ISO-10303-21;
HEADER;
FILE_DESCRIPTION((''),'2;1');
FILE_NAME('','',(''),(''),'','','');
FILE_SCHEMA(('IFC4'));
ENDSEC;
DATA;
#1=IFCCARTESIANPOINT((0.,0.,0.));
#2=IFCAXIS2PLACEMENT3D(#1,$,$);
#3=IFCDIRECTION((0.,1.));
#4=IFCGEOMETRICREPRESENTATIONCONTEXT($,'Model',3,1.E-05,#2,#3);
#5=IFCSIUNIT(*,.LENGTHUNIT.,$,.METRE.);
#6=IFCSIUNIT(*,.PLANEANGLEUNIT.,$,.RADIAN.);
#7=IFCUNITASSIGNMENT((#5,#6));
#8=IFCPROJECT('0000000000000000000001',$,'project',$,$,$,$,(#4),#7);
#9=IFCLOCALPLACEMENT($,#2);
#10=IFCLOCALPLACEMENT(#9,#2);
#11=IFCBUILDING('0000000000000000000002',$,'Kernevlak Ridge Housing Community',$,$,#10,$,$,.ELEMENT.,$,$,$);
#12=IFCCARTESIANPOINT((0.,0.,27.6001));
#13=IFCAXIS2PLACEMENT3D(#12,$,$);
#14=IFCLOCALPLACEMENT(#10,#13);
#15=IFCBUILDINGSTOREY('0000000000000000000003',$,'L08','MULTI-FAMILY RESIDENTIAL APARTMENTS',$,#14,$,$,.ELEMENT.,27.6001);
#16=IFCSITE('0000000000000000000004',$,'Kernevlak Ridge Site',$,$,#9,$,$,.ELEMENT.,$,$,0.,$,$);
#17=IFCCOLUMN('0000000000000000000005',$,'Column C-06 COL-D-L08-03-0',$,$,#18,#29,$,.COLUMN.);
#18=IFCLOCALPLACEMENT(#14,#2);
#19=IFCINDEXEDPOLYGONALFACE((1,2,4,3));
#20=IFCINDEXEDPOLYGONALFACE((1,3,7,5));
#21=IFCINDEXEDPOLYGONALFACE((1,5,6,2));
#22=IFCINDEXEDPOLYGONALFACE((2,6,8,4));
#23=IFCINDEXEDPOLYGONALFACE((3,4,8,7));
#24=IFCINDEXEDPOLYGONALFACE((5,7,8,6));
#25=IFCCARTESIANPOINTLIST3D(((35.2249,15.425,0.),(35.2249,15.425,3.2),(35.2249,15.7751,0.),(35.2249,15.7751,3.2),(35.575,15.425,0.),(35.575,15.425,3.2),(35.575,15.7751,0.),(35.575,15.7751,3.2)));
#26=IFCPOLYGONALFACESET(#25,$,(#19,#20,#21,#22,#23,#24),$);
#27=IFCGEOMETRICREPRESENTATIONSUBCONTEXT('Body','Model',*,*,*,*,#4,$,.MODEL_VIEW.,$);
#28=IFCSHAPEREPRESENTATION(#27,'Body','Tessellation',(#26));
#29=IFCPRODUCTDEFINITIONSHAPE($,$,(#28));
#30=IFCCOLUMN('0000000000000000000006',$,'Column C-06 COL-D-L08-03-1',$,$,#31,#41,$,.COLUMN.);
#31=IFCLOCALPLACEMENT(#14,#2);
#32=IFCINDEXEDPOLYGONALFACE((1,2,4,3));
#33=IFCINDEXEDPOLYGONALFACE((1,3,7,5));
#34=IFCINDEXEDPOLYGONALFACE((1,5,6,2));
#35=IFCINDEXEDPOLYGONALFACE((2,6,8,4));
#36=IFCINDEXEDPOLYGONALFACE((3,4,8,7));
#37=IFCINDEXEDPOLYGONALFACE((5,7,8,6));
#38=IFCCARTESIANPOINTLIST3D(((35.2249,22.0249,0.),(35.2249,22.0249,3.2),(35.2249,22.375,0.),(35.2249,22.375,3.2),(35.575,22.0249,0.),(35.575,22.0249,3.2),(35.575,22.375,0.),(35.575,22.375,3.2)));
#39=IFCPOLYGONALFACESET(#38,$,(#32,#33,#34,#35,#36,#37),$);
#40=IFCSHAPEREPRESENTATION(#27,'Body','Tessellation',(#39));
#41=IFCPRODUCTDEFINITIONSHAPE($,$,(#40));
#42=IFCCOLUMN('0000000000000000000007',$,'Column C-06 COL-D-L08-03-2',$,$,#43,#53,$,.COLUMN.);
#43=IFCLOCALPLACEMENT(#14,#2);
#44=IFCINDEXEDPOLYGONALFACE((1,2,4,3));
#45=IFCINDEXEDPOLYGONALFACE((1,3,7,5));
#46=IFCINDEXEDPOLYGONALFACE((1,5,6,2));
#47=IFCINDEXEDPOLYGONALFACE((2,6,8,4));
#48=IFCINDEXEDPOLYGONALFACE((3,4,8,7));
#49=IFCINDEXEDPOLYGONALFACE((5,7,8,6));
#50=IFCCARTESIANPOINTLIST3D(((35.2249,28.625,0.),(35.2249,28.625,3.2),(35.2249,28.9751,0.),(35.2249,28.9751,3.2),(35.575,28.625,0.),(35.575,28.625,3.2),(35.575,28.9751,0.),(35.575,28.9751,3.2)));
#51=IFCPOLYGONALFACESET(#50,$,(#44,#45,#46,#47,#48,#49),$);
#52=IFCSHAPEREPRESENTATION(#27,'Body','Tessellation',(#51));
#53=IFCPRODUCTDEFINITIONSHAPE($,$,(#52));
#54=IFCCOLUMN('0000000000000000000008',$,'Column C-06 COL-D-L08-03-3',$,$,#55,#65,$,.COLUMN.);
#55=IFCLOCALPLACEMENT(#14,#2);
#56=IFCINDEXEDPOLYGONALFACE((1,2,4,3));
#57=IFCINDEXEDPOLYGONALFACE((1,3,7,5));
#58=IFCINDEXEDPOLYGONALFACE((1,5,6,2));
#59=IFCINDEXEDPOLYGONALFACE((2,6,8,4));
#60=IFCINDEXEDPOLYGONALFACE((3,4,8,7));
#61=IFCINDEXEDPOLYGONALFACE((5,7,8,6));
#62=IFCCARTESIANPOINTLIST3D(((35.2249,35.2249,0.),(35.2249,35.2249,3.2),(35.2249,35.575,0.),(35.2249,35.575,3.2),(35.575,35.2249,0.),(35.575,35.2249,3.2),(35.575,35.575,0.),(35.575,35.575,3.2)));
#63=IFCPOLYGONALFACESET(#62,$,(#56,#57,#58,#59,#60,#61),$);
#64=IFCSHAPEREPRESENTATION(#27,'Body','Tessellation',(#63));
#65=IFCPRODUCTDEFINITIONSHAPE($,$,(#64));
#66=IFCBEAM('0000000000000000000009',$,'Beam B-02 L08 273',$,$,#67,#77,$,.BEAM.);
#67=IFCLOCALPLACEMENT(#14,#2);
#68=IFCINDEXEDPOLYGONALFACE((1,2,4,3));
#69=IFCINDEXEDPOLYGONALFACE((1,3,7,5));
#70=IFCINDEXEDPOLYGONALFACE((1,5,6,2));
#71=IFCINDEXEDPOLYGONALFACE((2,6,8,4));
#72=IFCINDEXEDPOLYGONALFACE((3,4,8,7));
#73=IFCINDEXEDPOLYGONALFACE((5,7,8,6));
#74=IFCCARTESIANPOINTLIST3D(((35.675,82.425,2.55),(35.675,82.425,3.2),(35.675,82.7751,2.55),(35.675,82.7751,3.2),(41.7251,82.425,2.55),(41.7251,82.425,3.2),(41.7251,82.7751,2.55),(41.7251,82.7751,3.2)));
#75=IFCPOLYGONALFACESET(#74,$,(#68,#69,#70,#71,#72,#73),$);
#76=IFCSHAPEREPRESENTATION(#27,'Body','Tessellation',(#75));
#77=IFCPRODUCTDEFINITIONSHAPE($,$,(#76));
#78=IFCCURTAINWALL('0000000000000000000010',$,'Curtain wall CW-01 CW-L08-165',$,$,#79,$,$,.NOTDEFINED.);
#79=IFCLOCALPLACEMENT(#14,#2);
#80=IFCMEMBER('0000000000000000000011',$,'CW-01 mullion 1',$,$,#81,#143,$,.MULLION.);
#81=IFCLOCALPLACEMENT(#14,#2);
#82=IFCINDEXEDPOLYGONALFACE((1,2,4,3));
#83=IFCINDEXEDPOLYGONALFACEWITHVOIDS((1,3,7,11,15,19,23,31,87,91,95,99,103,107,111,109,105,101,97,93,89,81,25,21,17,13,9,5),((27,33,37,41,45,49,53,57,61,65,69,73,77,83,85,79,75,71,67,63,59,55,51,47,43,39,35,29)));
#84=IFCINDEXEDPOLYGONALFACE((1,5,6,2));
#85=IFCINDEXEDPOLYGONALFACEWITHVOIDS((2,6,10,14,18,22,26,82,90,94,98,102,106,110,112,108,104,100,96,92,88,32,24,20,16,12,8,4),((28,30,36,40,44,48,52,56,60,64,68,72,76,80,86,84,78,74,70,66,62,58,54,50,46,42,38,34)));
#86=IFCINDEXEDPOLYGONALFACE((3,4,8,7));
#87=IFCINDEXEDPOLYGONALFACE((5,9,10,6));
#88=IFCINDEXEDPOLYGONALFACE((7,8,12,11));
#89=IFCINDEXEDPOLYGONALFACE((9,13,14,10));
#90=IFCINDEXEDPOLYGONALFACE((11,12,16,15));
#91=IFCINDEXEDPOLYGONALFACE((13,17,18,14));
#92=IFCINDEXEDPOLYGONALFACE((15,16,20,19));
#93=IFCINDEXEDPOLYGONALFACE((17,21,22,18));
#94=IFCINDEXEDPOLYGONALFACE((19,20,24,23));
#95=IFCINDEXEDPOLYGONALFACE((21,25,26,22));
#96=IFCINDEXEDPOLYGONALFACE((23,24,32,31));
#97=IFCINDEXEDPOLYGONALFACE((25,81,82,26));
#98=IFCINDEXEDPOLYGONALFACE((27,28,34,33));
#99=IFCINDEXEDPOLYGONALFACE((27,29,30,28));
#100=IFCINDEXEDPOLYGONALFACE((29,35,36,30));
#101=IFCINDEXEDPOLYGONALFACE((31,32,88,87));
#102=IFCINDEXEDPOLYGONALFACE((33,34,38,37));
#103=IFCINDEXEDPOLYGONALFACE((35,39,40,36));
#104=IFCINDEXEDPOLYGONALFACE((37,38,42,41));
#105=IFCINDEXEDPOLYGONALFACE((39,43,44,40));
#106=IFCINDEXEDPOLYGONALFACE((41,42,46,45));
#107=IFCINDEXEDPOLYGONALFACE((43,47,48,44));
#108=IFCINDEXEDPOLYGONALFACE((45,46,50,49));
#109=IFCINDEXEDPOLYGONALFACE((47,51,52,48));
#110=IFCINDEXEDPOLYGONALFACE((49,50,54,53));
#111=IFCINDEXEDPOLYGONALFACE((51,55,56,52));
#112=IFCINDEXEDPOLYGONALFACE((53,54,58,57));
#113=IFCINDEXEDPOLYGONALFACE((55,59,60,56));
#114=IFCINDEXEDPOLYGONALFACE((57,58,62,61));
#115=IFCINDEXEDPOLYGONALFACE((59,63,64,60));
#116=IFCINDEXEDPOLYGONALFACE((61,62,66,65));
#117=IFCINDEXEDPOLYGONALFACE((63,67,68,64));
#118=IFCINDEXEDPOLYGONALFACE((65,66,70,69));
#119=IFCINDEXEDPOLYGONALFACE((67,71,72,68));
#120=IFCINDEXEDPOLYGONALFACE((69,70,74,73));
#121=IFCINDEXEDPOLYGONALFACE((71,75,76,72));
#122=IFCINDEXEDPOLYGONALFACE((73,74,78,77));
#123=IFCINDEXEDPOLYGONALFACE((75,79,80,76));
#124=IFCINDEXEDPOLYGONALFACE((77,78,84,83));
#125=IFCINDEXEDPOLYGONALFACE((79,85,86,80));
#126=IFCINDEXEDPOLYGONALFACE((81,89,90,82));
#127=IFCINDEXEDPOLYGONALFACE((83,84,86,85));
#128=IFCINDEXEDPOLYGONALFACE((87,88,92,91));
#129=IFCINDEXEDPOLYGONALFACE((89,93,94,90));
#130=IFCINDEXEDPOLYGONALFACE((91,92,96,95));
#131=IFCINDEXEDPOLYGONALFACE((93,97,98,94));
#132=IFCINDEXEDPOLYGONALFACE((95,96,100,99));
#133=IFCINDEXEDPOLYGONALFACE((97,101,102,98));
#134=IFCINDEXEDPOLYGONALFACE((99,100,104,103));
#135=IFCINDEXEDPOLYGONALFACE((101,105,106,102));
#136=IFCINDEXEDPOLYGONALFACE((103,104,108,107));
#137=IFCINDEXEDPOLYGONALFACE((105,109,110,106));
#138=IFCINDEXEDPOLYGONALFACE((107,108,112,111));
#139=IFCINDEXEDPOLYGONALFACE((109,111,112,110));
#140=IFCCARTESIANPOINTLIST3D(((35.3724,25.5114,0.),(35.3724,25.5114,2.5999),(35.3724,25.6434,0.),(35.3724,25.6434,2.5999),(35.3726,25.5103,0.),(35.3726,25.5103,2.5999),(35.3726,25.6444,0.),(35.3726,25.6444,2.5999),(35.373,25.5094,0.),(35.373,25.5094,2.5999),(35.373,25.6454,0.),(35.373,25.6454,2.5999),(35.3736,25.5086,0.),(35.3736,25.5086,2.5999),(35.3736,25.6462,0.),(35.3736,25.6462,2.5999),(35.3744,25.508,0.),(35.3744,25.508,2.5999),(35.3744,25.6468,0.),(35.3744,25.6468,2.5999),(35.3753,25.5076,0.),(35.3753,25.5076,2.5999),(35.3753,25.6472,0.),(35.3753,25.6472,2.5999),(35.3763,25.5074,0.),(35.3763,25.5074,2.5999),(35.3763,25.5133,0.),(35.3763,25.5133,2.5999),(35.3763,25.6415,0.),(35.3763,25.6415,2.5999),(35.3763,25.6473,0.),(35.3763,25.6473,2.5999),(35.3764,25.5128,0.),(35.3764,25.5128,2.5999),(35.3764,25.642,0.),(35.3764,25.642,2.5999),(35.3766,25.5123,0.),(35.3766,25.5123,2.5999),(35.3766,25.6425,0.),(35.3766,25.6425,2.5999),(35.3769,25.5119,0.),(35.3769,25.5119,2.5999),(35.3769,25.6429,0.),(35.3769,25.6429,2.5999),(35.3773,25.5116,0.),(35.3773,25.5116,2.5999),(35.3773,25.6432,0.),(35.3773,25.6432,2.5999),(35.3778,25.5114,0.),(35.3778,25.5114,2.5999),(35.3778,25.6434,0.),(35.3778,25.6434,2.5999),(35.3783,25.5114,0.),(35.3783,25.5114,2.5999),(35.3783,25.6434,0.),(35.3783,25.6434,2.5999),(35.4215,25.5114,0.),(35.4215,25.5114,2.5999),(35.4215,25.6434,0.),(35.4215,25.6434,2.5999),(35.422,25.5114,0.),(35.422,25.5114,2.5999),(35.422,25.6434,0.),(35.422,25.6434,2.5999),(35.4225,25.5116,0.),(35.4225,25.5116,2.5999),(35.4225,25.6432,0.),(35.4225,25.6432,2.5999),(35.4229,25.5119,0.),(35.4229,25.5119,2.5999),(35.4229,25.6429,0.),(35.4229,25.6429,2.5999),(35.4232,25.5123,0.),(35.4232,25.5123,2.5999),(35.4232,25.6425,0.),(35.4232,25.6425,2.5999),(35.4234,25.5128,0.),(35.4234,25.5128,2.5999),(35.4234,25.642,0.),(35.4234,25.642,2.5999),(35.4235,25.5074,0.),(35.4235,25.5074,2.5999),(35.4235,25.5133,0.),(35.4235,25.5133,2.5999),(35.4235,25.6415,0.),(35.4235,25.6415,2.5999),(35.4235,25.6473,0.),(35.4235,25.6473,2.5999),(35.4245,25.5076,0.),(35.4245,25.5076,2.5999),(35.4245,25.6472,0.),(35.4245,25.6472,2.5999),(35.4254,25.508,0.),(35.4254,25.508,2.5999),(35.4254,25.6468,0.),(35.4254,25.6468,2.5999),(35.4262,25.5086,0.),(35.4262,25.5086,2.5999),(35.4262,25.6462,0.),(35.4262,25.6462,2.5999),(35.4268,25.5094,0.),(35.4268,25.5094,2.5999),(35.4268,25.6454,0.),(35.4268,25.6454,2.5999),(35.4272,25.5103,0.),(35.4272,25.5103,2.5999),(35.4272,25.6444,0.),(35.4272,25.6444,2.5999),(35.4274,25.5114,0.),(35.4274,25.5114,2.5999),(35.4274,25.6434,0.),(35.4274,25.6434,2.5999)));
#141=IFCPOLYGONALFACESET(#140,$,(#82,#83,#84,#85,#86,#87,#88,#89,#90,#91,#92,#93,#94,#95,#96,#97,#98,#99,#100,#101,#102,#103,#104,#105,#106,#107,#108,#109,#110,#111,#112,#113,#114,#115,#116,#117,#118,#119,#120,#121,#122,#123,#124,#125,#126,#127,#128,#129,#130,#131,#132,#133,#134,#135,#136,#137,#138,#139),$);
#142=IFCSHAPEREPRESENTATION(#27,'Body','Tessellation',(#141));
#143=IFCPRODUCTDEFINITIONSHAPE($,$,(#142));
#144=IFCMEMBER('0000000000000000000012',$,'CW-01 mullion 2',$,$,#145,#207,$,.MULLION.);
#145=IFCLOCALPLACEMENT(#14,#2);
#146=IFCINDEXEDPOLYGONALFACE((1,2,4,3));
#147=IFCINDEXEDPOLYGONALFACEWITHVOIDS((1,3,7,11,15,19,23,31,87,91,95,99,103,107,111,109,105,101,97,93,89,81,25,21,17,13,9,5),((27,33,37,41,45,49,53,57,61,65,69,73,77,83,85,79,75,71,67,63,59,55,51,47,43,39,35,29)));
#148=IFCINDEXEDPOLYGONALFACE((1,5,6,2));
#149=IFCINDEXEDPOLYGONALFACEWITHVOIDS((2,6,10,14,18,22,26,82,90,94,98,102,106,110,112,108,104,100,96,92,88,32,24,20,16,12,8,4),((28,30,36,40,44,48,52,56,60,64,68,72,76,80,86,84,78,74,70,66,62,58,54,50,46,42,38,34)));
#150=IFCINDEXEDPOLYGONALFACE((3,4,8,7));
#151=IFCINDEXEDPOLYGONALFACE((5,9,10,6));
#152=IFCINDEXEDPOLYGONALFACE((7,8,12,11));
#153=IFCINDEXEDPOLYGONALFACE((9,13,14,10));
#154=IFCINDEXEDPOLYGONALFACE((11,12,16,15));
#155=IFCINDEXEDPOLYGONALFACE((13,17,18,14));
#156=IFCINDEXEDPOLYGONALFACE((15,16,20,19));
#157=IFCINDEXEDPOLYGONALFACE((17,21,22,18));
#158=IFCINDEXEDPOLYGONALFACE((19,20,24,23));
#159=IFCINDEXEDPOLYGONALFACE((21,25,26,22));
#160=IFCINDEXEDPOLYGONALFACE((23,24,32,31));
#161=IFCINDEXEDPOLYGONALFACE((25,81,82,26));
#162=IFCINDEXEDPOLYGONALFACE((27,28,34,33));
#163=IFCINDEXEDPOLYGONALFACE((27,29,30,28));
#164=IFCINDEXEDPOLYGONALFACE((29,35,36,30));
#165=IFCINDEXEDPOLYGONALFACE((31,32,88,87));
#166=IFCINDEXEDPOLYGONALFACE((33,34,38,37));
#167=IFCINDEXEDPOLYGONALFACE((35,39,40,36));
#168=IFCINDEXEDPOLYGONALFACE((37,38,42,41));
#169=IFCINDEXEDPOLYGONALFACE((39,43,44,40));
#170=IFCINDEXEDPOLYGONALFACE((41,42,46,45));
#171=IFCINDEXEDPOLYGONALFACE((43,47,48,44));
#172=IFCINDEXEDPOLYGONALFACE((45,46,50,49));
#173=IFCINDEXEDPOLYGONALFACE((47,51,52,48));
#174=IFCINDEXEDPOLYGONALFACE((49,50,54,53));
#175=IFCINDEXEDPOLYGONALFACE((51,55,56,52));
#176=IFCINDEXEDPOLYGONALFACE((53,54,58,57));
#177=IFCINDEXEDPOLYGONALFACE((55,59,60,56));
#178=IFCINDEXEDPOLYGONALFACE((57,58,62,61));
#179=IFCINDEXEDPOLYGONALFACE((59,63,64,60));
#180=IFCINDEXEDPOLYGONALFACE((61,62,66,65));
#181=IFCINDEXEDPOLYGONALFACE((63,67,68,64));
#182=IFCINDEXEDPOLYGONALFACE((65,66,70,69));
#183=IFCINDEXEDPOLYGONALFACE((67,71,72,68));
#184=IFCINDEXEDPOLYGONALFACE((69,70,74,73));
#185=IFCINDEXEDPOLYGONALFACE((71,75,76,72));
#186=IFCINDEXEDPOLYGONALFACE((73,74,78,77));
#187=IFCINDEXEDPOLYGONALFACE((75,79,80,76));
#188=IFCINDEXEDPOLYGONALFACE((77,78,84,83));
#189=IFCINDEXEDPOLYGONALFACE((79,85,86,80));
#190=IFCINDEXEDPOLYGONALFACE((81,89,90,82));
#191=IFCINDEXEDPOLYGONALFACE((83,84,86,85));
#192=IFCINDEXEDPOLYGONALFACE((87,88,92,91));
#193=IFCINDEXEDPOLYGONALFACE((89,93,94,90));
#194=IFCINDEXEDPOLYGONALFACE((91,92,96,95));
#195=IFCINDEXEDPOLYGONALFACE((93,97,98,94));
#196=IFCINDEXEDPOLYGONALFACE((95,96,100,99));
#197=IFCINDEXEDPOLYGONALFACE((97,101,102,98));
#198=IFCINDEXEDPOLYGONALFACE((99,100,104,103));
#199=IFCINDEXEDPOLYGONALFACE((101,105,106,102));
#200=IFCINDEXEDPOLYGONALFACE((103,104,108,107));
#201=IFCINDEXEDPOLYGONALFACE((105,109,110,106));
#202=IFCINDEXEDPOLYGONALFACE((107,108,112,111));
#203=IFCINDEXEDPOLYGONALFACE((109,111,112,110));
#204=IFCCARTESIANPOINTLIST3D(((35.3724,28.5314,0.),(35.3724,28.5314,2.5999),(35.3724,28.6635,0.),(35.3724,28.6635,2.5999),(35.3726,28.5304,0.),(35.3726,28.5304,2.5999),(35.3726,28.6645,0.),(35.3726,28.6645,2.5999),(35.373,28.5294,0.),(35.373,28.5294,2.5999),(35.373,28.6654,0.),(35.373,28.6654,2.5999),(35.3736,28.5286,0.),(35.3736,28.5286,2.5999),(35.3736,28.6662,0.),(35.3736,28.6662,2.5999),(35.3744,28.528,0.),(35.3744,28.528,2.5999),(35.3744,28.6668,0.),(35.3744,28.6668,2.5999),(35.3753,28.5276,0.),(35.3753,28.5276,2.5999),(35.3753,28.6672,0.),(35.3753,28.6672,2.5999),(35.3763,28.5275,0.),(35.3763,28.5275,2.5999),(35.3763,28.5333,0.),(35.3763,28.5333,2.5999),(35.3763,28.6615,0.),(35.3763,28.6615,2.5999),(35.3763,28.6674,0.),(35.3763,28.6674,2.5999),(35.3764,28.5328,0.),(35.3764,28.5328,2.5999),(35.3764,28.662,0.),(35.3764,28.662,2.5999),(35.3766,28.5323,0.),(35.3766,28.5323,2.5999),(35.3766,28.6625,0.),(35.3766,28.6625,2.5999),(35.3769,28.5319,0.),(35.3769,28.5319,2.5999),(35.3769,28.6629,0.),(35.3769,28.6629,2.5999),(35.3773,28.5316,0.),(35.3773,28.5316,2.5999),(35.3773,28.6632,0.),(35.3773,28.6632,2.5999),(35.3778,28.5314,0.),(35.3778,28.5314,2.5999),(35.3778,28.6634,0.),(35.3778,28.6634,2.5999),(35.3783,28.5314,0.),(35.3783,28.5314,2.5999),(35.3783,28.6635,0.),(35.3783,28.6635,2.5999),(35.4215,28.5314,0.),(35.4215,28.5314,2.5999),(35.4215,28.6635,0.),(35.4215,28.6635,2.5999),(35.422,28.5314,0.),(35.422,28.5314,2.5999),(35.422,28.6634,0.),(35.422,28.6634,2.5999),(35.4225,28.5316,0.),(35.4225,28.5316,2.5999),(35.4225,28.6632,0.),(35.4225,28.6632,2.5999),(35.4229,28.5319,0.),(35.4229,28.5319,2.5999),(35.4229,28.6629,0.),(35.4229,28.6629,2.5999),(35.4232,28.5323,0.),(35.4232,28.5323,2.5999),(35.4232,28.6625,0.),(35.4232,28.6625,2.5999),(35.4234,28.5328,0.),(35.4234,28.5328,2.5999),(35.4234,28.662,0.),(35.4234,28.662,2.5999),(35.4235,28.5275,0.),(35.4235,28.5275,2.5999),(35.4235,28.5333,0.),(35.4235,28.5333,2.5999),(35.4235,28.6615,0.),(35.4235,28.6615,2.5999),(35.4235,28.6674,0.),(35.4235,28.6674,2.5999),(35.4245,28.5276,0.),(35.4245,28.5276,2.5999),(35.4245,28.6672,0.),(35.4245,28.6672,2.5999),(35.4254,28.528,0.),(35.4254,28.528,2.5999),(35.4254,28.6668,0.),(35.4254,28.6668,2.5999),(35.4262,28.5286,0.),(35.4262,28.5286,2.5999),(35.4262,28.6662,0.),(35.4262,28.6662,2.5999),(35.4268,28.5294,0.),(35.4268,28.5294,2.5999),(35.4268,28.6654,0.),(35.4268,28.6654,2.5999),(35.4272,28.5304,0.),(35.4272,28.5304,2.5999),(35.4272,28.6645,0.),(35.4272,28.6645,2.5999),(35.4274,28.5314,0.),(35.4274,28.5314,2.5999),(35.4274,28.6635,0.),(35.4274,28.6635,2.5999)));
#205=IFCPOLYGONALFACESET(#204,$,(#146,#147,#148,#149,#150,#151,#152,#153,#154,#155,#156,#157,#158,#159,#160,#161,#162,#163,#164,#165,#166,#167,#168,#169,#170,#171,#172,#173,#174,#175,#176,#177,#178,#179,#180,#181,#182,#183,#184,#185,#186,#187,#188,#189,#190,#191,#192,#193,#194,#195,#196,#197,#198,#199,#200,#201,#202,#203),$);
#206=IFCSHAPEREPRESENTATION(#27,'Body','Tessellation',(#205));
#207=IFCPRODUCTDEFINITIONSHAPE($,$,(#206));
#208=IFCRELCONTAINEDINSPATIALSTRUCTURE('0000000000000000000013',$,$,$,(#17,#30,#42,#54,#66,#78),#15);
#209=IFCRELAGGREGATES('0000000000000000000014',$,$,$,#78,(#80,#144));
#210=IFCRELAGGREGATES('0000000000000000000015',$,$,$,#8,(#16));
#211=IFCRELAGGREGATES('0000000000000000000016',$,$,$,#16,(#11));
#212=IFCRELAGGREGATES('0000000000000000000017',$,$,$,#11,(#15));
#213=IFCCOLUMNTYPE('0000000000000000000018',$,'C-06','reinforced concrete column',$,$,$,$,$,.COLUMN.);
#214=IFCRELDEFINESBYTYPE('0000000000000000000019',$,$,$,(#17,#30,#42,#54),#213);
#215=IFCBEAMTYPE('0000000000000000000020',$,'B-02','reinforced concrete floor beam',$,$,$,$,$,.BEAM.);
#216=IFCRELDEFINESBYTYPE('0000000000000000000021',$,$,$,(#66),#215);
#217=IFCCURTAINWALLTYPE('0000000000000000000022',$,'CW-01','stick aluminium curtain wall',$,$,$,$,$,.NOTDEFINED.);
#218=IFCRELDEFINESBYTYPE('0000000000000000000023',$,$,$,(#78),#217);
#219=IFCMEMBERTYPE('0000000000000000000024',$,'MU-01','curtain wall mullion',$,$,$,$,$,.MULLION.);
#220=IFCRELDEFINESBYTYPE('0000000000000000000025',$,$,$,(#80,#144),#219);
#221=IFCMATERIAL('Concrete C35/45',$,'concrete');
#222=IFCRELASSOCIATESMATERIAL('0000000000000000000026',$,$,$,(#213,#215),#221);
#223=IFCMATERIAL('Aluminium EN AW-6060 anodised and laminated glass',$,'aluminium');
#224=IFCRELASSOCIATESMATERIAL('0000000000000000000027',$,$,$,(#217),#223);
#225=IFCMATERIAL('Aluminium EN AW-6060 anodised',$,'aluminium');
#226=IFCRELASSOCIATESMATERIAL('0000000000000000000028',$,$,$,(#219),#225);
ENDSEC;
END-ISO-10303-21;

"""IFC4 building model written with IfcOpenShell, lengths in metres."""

from ifc_helpers import new_model, si_unit, direction, frame, origin, origin_2d, place, context, subcontext, project, spatial, rectangle, hollow_rectangle, extrude, material, material_profile, profile_set, type_object, element, aggregate, save


model = new_model("IFC4")

# Units and contexts
model_context = context("Model", 3, precision=1e-05, world=origin(), true_north=direction((0.0, 1.0)))
body_context = subcontext(model_context, "Body", "Model", "MODEL_VIEW")
ifc_project = project(units=[si_unit("LENGTHUNIT", "METRE"), si_unit("PLANEANGLEUNIT", "RADIAN")], contexts=[model_context])

# Site, building, storey
site_placement = place(None, origin())
site = spatial("IfcSite", under=ifc_project, at=site_placement, Name="Kernevlak Ridge Site", CompositionType="ELEMENT", RefElevation=0.0)
building_placement = place(site_placement, origin())
building = spatial("IfcBuilding", under=site, at=building_placement, Name="Kernevlak Ridge Housing Community", CompositionType="ELEMENT")
storey_placement = place(building_placement, frame((0.0, 0.0, 27.6001)))
storey = spatial("IfcBuildingStorey", under=building, at=storey_placement, Name="L08", Description="MULTI-FAMILY RESIDENTIAL APARTMENTS", CompositionType="ELEMENT", Elevation=27.6001)

# Columns
ifc_material_1 = material(Name="Concrete C35/45", Category="concrete")
ifc_material_profile_1 = material_profile(ifc_material_1, rectangle(XDim=0.3501, YDim=0.3501, at=origin_2d()), Name="RC 350x350")
ifc_profile_set_1 = profile_set([ifc_material_profile_1], Name="Concrete C35/45")
column_type = type_object("IfcColumnType", Name="C-06", Description="reinforced concrete column", PredefinedType="COLUMN", material=ifc_profile_set_1)
for number, where, z_axis, x_axis, name in (
    (1, (35.3999, 15.6001, 0.0), (0.0, 0.0, 1.0), (1.0, 0.0, 0.0), "Column C-06 COL-D-L08-03-0"),
    (2, (35.3999, 22.2, 0.0), (0.0, 0.0, 1.0), (1.0, 0.0, 0.0), "Column C-06 COL-D-L08-03-1"),
    (3, (35.3999, 28.8, 0.0), (0.0, 0.0, 1.0), (1.0, 0.0, 0.0), "Column C-06 COL-D-L08-03-2"),
    (4, (35.3999, 35.3999, 0.0), (0.0, 0.0, 1.0), (1.0, 0.0, 0.0), "Column C-06 COL-D-L08-03-3"),
):
    element("IfcColumn", number, at=place(storey_placement, frame(where, z_axis=z_axis, x_axis=x_axis)), inside=storey, type_object=column_type, Name=name, PredefinedType="COLUMN", context=body_context, shape_type="SweptSolid", body=[
        extrude(rectangle(XDim=0.3501, YDim=0.3501, at=origin_2d()), origin(), (0.0, 0.0, 1.0), 3.2),
    ])

# Beam
ifc_material_profile_2 = material_profile(ifc_material_1, rectangle(XDim=0.3501, YDim=0.6499, at=origin_2d()), Name="RC 350x650")
ifc_profile_set_2 = profile_set([ifc_material_profile_2], Name="Concrete C35/45")
beam_type_1 = type_object("IfcBeamType", Name="B-02", Description="reinforced concrete floor beam", PredefinedType="BEAM", material=ifc_profile_set_2)
beam_1_placement = place(storey_placement, frame((35.675, 82.6001, 2.875), z_axis=(1.0, 0.0, 0.0), x_axis=(0.0, 1.0, 0.0)))
element("IfcBeam", 5, at=beam_1_placement, inside=storey, type_object=beam_type_1, Name="Beam B-02 L08 273", PredefinedType="BEAM", context=body_context, shape_type="SweptSolid", body=[
    extrude(rectangle(XDim=0.3501, YDim=0.6499, at=origin_2d()), origin(), (0.0, 0.0, 1.0), 6.05),
])

# Curtain wall, members
ifc_material_2 = material(Name="Aluminium EN AW-6060 anodised and laminated glass", Category="aluminium")
curtain_wall_type = type_object("IfcCurtainWallType", Name="CW-01", Description="stick aluminium curtain wall", PredefinedType="NOTDEFINED", material=ifc_material_2)
curtain_wall_placement = place(storey_placement, origin())
curtain_wall = element("IfcCurtainWall", 6, at=curtain_wall_placement, inside=storey, type_object=curtain_wall_type, Name="Curtain wall CW-01 CW-L08-165", PredefinedType="NOTDEFINED")
ifc_material_3 = material(Name="Aluminium EN AW-6060 anodised", Category="aluminium")
ifc_material_profile_3 = material_profile(ifc_material_3, hollow_rectangle(XDim=0.0549, YDim=0.1399, WallThickness=0.0039, InnerFilletRadius=0.002, OuterFilletRadius=0.0039, at=origin_2d()), Name="ALU 55x140x4")
ifc_profile_set_3 = profile_set([ifc_material_profile_3], Name="Aluminium EN AW-6060 anodised")
member_type_1 = type_object("IfcMemberType", Name="MU-01", Description="curtain wall mullion", PredefinedType="MULLION", material=ifc_profile_set_3)
member_1_placement = place(storey_placement, frame((35.3999, 25.5774, 0.0), z_axis=(0.0, 0.0, 1.0), x_axis=(-1.0, 0.0, 0.0)))
member_1 = element("IfcMember", 7, at=member_1_placement, type_object=member_type_1, Name="CW-01 mullion 1", PredefinedType="MULLION", context=body_context, shape_type="SweptSolid", body=[
    extrude(hollow_rectangle(XDim=0.0549, YDim=0.1399, WallThickness=0.0039, InnerFilletRadius=0.002, OuterFilletRadius=0.0039, at=origin_2d()), origin(), (0.0, 0.0, 1.0), 2.5999),
])
member_2_placement = place(storey_placement, frame((35.3999, 28.5974, 0.0), z_axis=(0.0, 0.0, 1.0), x_axis=(-1.0, 0.0, 0.0)))
member_2 = element("IfcMember", 8, at=member_2_placement, type_object=member_type_1, Name="CW-01 mullion 2", PredefinedType="MULLION", context=body_context, shape_type="SweptSolid", body=[
    extrude(hollow_rectangle(XDim=0.0549, YDim=0.1399, WallThickness=0.0039, InnerFilletRadius=0.002, OuterFilletRadius=0.0039, at=origin_2d()), origin(), (0.0, 0.0, 1.0), 2.5999),
])

aggregate(curtain_wall, [member_1, member_2])

save(model, "model.ifc")
